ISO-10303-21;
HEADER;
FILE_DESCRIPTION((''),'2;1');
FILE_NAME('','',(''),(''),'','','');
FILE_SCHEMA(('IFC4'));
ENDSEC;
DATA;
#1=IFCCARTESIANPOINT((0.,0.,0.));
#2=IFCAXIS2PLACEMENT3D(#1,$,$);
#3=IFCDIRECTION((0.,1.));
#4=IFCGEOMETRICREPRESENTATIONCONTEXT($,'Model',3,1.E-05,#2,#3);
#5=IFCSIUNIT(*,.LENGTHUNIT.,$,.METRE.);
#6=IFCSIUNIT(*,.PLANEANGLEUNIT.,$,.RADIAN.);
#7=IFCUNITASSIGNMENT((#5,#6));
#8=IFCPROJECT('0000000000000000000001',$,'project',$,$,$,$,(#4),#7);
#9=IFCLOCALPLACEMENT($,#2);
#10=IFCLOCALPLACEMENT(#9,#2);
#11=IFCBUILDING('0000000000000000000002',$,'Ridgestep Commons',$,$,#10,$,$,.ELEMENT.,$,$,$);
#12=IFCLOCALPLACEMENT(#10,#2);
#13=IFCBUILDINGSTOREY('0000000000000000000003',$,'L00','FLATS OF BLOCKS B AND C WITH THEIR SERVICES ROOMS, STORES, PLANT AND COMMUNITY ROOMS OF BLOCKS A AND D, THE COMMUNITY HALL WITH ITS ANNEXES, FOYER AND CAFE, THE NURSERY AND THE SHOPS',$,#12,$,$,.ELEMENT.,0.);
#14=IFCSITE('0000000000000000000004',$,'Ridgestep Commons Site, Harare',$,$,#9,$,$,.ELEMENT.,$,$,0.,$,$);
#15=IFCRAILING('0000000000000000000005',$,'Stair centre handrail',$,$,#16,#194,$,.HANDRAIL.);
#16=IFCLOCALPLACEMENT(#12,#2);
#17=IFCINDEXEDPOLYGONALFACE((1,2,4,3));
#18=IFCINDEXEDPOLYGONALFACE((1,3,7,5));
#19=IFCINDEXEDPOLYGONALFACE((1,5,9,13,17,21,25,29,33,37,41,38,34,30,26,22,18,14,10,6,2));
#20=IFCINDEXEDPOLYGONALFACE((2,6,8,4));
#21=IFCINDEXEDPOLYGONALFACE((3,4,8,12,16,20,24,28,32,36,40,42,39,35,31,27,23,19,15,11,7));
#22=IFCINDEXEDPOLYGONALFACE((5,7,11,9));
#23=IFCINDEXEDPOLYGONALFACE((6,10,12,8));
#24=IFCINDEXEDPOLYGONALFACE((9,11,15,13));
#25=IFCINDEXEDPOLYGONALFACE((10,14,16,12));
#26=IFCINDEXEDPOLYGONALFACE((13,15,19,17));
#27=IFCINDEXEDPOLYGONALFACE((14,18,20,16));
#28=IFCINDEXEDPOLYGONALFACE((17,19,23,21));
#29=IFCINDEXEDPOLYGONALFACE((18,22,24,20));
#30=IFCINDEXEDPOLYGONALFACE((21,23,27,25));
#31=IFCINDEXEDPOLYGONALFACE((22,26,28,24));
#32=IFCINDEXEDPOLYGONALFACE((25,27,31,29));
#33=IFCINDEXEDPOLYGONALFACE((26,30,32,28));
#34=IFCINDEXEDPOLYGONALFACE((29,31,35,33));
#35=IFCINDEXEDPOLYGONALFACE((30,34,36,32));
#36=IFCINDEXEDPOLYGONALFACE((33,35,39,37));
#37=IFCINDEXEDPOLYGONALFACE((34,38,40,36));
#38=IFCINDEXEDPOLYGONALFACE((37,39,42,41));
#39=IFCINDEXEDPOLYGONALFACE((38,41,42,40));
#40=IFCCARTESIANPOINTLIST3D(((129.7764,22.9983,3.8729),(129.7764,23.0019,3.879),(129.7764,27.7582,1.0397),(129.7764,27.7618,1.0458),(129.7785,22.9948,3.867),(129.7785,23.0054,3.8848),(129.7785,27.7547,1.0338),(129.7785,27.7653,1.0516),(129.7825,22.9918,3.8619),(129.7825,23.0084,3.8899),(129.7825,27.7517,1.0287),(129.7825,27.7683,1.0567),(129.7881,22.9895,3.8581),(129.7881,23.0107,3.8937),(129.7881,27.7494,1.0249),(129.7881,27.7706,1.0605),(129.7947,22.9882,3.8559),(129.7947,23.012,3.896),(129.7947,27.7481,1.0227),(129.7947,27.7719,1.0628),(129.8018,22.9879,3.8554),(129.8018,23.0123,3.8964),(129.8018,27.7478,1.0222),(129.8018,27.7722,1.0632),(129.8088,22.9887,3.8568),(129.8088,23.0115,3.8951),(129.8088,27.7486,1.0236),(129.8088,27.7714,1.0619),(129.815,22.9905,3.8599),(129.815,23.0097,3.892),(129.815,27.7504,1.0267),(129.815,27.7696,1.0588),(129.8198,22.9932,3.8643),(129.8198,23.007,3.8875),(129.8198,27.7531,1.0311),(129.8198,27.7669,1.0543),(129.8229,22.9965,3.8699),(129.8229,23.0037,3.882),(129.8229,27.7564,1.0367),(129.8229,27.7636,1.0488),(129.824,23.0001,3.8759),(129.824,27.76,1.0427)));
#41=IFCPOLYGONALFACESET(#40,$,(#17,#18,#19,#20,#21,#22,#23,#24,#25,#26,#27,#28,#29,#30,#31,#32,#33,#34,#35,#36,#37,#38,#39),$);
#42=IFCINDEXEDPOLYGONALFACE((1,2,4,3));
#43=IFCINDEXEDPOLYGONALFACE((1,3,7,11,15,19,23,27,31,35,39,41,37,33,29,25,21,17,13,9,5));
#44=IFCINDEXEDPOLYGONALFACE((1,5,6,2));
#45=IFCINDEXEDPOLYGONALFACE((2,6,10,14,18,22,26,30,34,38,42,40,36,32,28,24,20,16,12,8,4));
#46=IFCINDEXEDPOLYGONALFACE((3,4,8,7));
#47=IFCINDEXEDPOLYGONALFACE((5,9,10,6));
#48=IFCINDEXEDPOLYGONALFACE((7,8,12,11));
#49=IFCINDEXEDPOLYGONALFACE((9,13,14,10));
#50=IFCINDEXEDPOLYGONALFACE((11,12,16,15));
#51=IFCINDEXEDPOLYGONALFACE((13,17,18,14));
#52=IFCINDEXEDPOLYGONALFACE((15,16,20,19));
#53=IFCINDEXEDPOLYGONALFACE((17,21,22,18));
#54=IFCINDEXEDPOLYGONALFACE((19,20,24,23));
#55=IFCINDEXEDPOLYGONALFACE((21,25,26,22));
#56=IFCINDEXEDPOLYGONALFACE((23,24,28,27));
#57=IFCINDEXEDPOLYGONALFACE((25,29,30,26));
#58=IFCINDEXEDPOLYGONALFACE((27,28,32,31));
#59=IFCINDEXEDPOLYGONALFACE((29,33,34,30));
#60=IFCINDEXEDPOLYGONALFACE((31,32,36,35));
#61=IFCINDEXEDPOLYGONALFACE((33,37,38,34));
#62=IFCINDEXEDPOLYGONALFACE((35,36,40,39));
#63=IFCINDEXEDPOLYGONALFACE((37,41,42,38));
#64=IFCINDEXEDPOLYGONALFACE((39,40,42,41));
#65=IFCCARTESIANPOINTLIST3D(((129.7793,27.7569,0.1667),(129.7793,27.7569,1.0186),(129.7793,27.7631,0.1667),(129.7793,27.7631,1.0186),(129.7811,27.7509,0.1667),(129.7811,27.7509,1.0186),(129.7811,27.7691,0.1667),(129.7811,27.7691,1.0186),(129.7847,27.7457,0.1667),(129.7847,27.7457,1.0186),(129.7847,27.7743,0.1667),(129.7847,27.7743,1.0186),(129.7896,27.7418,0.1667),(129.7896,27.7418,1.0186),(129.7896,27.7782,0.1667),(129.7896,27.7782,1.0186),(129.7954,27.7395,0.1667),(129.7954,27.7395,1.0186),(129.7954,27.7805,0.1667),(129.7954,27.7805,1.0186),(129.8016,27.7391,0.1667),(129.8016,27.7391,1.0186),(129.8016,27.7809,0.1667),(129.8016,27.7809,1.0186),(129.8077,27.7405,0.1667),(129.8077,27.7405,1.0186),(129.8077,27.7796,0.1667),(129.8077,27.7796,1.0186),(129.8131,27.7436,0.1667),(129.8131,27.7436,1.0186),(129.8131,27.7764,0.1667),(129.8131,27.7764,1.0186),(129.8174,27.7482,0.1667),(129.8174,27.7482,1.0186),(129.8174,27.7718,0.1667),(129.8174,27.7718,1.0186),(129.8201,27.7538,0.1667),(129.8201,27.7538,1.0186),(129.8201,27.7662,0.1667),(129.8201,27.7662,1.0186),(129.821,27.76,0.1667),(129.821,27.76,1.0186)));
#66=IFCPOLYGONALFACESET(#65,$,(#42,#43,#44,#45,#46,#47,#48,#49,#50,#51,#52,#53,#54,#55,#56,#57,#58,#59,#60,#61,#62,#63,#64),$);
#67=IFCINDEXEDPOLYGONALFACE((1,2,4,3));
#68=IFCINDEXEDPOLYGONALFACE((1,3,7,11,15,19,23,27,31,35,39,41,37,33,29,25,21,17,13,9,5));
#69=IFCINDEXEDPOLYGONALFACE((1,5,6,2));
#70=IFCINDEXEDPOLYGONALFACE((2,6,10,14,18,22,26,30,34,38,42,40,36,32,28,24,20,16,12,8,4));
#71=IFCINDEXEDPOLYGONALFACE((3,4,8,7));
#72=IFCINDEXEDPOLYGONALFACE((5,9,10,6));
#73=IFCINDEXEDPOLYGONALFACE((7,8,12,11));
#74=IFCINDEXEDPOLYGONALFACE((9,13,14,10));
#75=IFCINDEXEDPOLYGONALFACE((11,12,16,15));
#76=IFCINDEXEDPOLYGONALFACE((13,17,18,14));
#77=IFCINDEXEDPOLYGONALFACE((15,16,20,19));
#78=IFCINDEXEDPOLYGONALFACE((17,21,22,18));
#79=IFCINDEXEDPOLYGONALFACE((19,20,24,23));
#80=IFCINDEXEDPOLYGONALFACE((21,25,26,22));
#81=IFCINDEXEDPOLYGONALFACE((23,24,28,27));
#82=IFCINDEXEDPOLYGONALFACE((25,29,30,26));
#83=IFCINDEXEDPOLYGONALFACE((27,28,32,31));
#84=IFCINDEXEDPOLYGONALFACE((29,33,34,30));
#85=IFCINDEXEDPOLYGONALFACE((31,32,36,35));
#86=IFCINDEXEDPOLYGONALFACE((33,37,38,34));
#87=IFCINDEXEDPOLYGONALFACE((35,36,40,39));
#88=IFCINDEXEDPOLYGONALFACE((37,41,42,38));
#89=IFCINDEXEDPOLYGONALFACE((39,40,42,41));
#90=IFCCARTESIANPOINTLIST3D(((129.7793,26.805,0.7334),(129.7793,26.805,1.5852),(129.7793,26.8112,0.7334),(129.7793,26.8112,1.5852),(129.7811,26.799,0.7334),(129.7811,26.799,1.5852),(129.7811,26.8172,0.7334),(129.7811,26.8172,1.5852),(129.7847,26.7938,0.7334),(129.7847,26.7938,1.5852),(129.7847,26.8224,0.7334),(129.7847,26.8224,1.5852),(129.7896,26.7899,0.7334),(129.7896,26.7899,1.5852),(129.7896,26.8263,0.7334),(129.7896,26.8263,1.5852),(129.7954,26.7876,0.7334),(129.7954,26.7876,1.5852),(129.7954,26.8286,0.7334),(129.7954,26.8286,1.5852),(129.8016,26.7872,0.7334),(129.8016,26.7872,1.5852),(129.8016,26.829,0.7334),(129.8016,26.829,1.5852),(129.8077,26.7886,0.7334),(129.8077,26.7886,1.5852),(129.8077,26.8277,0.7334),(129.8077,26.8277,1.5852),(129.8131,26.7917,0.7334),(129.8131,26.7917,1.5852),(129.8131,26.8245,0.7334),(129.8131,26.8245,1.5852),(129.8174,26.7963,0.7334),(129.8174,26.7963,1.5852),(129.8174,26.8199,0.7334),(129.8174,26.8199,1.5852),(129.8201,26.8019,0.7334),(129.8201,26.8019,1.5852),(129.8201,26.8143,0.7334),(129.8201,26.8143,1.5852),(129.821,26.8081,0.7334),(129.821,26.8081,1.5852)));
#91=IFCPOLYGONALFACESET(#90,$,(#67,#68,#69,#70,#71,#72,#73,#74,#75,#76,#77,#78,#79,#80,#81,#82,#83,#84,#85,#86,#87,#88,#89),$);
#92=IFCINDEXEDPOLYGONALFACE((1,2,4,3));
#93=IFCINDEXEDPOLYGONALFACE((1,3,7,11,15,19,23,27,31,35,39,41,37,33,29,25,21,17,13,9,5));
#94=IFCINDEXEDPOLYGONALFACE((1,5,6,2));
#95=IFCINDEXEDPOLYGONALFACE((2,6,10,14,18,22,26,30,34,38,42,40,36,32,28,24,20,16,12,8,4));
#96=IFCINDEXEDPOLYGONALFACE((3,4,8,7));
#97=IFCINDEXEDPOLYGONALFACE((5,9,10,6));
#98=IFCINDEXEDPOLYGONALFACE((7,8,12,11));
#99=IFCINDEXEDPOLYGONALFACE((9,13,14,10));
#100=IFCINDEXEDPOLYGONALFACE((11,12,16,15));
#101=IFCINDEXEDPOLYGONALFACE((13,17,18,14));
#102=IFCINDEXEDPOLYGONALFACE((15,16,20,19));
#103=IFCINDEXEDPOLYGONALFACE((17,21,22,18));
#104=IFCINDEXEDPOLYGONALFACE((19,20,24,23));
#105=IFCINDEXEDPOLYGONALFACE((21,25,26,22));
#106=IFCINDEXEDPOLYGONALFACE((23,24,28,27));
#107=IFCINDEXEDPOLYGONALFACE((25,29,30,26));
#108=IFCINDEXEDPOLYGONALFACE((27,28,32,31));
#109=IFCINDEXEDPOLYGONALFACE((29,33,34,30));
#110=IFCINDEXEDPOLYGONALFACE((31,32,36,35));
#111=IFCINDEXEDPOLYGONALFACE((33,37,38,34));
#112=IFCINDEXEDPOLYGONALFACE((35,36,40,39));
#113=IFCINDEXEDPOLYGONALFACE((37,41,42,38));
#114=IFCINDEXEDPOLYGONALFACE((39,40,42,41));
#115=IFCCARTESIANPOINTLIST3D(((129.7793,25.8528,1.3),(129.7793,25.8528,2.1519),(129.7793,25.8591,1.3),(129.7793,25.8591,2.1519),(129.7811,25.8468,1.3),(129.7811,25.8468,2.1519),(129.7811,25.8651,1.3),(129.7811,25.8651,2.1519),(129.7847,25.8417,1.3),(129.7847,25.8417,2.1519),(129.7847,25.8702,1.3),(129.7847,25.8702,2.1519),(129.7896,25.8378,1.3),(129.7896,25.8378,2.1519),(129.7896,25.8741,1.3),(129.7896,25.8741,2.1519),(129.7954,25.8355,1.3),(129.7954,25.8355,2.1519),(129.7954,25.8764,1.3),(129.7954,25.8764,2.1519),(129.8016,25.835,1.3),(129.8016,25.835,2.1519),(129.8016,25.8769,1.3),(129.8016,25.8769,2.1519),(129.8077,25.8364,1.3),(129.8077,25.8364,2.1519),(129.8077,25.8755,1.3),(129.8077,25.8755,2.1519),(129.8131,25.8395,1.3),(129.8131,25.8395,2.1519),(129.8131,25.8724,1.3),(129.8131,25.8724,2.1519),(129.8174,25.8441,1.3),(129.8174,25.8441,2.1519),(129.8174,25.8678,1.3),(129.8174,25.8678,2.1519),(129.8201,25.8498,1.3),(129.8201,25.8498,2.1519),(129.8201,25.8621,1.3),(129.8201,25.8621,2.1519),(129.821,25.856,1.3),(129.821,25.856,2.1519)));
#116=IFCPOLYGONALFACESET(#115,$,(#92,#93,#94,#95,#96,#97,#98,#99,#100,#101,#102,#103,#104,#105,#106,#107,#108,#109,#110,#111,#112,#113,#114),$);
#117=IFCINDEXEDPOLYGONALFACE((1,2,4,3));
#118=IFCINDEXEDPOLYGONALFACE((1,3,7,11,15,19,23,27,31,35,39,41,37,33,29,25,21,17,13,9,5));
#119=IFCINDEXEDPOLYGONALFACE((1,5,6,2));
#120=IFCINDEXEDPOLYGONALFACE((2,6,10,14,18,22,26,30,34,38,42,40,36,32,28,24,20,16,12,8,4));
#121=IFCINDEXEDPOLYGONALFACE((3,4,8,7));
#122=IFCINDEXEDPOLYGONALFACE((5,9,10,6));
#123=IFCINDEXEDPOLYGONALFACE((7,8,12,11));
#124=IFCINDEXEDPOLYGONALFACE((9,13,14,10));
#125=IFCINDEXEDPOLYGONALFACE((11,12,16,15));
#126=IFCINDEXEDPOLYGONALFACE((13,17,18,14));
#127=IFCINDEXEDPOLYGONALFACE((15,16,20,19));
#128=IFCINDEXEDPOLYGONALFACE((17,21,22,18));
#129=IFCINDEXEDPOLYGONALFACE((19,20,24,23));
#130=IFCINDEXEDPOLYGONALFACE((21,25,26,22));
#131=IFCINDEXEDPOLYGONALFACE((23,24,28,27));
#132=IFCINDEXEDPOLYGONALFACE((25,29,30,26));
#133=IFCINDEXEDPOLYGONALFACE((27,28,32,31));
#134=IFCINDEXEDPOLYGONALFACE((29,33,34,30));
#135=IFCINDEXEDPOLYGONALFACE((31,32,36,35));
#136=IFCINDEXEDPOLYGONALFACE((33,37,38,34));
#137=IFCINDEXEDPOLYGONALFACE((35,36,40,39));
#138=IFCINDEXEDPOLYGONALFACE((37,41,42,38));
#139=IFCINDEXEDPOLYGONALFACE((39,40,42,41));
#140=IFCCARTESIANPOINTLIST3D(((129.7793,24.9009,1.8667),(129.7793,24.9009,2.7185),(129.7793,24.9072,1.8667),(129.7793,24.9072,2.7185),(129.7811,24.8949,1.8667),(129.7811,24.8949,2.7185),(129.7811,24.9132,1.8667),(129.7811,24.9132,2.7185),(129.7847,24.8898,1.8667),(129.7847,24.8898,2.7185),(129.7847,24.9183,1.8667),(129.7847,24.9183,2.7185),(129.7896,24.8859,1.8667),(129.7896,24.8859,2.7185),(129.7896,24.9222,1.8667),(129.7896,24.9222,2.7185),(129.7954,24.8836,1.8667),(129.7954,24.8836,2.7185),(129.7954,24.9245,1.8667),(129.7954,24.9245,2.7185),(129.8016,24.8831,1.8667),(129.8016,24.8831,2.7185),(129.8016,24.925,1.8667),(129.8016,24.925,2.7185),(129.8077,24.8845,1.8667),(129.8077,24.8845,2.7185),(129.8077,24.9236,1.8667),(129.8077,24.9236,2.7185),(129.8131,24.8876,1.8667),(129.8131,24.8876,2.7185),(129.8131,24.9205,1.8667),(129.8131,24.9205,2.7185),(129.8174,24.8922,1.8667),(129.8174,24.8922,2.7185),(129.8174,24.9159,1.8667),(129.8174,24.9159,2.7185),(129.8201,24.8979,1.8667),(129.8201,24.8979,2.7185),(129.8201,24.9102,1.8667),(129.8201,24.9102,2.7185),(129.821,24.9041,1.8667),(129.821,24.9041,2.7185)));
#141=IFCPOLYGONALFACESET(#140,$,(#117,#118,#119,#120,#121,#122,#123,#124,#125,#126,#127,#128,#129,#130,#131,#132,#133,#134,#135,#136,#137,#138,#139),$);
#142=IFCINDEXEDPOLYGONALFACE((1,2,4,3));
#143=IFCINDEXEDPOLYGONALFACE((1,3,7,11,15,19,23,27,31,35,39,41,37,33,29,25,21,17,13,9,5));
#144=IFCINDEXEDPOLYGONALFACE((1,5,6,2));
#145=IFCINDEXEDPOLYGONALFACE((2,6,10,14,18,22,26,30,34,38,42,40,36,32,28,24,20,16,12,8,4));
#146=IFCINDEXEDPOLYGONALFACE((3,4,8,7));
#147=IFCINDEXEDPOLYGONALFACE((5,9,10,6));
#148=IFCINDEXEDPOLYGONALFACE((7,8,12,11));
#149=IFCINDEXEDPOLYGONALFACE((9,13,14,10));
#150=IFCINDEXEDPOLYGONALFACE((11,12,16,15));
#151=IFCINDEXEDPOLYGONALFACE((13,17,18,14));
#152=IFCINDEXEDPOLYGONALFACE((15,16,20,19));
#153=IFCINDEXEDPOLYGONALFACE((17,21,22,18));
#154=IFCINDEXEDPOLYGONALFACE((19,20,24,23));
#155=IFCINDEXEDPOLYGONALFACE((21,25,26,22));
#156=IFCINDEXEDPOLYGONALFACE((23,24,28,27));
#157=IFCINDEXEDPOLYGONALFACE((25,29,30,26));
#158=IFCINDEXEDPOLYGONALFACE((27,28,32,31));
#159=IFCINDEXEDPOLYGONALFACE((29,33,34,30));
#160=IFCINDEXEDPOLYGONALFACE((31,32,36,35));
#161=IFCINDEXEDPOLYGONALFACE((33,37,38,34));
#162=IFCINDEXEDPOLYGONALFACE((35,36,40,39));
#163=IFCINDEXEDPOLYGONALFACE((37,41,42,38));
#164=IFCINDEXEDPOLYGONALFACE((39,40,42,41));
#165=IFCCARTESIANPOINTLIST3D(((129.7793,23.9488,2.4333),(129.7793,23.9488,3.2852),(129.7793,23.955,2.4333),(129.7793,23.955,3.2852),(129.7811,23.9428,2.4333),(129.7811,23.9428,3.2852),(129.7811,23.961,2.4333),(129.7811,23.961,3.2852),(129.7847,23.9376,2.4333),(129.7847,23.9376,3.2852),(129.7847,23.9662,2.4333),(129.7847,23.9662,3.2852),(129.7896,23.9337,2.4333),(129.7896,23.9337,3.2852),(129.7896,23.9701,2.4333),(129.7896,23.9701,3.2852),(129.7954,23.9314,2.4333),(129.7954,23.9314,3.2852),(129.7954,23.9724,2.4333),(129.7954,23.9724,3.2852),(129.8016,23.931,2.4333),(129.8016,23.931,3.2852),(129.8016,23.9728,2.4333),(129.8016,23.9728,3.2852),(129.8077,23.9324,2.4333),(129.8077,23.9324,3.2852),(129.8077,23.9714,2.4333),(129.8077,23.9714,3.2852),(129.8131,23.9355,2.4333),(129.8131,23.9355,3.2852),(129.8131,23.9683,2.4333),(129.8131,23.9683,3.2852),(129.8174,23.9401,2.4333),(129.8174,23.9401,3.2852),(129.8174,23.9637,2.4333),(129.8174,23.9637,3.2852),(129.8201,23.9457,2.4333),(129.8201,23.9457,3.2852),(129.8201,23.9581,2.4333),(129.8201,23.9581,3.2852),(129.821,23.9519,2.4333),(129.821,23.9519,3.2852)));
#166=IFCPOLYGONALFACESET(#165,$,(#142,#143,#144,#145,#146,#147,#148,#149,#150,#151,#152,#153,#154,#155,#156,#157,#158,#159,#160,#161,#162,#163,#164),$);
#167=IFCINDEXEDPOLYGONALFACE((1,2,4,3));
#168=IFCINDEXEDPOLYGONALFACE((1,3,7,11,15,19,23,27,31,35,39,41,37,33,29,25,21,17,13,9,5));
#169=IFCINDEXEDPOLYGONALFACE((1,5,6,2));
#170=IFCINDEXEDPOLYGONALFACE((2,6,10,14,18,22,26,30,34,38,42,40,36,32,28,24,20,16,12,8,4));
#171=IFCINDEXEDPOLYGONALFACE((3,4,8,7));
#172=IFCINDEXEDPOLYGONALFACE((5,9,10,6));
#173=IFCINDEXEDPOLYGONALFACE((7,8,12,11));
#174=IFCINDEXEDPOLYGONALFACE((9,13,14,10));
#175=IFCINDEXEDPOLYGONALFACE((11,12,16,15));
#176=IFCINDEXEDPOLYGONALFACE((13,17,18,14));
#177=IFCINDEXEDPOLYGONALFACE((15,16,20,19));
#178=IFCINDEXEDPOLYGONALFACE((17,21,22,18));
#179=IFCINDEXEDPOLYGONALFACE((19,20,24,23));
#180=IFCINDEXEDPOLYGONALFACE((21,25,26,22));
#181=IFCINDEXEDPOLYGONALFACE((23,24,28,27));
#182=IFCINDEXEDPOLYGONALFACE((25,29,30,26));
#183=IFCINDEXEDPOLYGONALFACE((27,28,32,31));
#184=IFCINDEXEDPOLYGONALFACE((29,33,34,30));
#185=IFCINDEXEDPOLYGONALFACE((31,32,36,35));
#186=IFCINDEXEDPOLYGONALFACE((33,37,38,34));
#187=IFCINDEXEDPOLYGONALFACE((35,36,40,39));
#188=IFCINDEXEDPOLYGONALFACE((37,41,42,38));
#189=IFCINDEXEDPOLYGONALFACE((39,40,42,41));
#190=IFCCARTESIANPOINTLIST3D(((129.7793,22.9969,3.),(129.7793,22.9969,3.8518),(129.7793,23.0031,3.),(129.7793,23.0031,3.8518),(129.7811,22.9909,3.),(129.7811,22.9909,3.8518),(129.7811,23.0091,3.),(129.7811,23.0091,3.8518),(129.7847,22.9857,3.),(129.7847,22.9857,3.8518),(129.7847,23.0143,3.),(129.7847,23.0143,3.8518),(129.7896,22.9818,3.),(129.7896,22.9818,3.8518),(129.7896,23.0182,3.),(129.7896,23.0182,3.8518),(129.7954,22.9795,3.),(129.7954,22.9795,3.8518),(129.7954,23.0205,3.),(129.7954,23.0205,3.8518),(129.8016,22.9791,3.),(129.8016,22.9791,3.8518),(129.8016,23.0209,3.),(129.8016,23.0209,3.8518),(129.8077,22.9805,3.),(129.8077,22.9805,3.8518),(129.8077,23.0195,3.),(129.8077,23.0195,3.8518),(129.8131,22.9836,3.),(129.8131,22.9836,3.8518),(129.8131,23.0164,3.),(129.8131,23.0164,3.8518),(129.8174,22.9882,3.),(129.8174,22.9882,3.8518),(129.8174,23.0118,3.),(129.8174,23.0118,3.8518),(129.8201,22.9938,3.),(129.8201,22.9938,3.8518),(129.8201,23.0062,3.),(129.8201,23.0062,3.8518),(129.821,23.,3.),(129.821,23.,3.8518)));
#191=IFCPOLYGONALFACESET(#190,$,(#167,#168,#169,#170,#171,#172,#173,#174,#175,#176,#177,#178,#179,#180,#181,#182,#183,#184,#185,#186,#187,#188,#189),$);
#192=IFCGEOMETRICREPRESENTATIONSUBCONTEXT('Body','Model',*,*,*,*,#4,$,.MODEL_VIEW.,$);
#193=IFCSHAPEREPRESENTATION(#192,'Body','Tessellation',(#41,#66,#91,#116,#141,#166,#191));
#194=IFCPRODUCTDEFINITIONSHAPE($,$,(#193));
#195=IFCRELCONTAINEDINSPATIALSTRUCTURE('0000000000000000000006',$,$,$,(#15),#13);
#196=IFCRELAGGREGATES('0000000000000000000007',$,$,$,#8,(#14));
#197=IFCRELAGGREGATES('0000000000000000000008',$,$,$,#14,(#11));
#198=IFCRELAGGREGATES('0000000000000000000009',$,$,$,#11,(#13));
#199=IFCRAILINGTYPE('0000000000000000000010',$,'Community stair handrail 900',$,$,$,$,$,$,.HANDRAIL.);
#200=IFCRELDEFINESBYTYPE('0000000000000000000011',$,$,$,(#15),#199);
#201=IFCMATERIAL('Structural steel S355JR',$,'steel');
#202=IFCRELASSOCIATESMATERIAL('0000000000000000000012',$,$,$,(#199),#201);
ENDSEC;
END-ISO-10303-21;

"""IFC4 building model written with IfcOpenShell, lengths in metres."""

from ifc_helpers import new_model, si_unit, direction, frame, origin, origin_2d, place, context, subcontext, project, spatial, circle, extrude, material, type_object, element, save


model = new_model("IFC4")

# Units and contexts
model_context = context("Model", 3, precision=1e-05, world=origin(), true_north=direction((0.0, 1.0)))
body_context = subcontext(model_context, "Body", "Model", "MODEL_VIEW")
ifc_project = project(units=[si_unit("LENGTHUNIT", "METRE"), si_unit("PLANEANGLEUNIT", "RADIAN")], contexts=[model_context])

# Site, building, storey
site_placement = place(None, origin())
site = spatial("IfcSite", under=ifc_project, at=site_placement, Name="Ridgestep Commons Site, Harare", CompositionType="ELEMENT", RefElevation=0.0)
building_placement = place(site_placement, origin())
building = spatial("IfcBuilding", under=site, at=building_placement, Name="Ridgestep Commons", CompositionType="ELEMENT")
storey_placement = place(building_placement, origin())
storey = spatial("IfcBuildingStorey", under=building, at=storey_placement, Name="L00", Description="FLATS OF BLOCKS B AND C WITH THEIR SERVICES ROOMS, STORES, PLANT AND COMMUNITY ROOMS OF BLOCKS A AND D, THE COMMUNITY HALL WITH ITS ANNEXES, FOYER AND CAFE, THE NURSERY AND THE SHOPS", CompositionType="ELEMENT", Elevation=0.0)

# Railing
ifc_material_1 = material(Name="Structural steel S355JR", Category="steel")
railing_type_1 = type_object("IfcRailingType", Name="Community stair handrail 900", PredefinedType="HANDRAIL", material=ifc_material_1)
railing_placement = place(storey_placement, frame((129.8, 27.76, 0.1667)))
element("IfcRailing", 1, at=railing_placement, inside=storey, type_object=railing_type_1, Name="Stair centre handrail", PredefinedType="HANDRAIL", context=body_context, shape_type="SweptSolid", body=[
    extrude(circle(Radius=0.0239, at=origin_2d()), frame((0.0, 0.0, 0.876), z_axis=(0.0, -0.8593, 0.511472), x_axis=(1.0, 0.0, 0.0)), (0.0, 0.0, 1.0), 5.5393),
    extrude(circle(Radius=0.021, at=origin_2d()), origin(), (0.0, 0.0, 1.0), 0.8518),
    extrude(circle(Radius=0.021, at=origin_2d()), frame((0.0, -0.9519, 0.5667)), (0.0, 0.0, 1.0), 0.8518),
    extrude(circle(Radius=0.021, at=origin_2d()), frame((0.0, -1.9041, 1.1333)), (0.0, 0.0, 1.0), 0.8518),
    extrude(circle(Radius=0.021, at=origin_2d()), frame((0.0, -2.856, 1.7)), (0.0, 0.0, 1.0), 0.8518),
    extrude(circle(Radius=0.021, at=origin_2d()), frame((0.0, -3.8081, 2.2666)), (0.0, 0.0, 1.0), 0.8518),
    extrude(circle(Radius=0.021, at=origin_2d()), frame((0.0, -4.76, 2.8333)), (0.0, 0.0, 1.0), 0.8518),
])

save(model, "model.ifc")
